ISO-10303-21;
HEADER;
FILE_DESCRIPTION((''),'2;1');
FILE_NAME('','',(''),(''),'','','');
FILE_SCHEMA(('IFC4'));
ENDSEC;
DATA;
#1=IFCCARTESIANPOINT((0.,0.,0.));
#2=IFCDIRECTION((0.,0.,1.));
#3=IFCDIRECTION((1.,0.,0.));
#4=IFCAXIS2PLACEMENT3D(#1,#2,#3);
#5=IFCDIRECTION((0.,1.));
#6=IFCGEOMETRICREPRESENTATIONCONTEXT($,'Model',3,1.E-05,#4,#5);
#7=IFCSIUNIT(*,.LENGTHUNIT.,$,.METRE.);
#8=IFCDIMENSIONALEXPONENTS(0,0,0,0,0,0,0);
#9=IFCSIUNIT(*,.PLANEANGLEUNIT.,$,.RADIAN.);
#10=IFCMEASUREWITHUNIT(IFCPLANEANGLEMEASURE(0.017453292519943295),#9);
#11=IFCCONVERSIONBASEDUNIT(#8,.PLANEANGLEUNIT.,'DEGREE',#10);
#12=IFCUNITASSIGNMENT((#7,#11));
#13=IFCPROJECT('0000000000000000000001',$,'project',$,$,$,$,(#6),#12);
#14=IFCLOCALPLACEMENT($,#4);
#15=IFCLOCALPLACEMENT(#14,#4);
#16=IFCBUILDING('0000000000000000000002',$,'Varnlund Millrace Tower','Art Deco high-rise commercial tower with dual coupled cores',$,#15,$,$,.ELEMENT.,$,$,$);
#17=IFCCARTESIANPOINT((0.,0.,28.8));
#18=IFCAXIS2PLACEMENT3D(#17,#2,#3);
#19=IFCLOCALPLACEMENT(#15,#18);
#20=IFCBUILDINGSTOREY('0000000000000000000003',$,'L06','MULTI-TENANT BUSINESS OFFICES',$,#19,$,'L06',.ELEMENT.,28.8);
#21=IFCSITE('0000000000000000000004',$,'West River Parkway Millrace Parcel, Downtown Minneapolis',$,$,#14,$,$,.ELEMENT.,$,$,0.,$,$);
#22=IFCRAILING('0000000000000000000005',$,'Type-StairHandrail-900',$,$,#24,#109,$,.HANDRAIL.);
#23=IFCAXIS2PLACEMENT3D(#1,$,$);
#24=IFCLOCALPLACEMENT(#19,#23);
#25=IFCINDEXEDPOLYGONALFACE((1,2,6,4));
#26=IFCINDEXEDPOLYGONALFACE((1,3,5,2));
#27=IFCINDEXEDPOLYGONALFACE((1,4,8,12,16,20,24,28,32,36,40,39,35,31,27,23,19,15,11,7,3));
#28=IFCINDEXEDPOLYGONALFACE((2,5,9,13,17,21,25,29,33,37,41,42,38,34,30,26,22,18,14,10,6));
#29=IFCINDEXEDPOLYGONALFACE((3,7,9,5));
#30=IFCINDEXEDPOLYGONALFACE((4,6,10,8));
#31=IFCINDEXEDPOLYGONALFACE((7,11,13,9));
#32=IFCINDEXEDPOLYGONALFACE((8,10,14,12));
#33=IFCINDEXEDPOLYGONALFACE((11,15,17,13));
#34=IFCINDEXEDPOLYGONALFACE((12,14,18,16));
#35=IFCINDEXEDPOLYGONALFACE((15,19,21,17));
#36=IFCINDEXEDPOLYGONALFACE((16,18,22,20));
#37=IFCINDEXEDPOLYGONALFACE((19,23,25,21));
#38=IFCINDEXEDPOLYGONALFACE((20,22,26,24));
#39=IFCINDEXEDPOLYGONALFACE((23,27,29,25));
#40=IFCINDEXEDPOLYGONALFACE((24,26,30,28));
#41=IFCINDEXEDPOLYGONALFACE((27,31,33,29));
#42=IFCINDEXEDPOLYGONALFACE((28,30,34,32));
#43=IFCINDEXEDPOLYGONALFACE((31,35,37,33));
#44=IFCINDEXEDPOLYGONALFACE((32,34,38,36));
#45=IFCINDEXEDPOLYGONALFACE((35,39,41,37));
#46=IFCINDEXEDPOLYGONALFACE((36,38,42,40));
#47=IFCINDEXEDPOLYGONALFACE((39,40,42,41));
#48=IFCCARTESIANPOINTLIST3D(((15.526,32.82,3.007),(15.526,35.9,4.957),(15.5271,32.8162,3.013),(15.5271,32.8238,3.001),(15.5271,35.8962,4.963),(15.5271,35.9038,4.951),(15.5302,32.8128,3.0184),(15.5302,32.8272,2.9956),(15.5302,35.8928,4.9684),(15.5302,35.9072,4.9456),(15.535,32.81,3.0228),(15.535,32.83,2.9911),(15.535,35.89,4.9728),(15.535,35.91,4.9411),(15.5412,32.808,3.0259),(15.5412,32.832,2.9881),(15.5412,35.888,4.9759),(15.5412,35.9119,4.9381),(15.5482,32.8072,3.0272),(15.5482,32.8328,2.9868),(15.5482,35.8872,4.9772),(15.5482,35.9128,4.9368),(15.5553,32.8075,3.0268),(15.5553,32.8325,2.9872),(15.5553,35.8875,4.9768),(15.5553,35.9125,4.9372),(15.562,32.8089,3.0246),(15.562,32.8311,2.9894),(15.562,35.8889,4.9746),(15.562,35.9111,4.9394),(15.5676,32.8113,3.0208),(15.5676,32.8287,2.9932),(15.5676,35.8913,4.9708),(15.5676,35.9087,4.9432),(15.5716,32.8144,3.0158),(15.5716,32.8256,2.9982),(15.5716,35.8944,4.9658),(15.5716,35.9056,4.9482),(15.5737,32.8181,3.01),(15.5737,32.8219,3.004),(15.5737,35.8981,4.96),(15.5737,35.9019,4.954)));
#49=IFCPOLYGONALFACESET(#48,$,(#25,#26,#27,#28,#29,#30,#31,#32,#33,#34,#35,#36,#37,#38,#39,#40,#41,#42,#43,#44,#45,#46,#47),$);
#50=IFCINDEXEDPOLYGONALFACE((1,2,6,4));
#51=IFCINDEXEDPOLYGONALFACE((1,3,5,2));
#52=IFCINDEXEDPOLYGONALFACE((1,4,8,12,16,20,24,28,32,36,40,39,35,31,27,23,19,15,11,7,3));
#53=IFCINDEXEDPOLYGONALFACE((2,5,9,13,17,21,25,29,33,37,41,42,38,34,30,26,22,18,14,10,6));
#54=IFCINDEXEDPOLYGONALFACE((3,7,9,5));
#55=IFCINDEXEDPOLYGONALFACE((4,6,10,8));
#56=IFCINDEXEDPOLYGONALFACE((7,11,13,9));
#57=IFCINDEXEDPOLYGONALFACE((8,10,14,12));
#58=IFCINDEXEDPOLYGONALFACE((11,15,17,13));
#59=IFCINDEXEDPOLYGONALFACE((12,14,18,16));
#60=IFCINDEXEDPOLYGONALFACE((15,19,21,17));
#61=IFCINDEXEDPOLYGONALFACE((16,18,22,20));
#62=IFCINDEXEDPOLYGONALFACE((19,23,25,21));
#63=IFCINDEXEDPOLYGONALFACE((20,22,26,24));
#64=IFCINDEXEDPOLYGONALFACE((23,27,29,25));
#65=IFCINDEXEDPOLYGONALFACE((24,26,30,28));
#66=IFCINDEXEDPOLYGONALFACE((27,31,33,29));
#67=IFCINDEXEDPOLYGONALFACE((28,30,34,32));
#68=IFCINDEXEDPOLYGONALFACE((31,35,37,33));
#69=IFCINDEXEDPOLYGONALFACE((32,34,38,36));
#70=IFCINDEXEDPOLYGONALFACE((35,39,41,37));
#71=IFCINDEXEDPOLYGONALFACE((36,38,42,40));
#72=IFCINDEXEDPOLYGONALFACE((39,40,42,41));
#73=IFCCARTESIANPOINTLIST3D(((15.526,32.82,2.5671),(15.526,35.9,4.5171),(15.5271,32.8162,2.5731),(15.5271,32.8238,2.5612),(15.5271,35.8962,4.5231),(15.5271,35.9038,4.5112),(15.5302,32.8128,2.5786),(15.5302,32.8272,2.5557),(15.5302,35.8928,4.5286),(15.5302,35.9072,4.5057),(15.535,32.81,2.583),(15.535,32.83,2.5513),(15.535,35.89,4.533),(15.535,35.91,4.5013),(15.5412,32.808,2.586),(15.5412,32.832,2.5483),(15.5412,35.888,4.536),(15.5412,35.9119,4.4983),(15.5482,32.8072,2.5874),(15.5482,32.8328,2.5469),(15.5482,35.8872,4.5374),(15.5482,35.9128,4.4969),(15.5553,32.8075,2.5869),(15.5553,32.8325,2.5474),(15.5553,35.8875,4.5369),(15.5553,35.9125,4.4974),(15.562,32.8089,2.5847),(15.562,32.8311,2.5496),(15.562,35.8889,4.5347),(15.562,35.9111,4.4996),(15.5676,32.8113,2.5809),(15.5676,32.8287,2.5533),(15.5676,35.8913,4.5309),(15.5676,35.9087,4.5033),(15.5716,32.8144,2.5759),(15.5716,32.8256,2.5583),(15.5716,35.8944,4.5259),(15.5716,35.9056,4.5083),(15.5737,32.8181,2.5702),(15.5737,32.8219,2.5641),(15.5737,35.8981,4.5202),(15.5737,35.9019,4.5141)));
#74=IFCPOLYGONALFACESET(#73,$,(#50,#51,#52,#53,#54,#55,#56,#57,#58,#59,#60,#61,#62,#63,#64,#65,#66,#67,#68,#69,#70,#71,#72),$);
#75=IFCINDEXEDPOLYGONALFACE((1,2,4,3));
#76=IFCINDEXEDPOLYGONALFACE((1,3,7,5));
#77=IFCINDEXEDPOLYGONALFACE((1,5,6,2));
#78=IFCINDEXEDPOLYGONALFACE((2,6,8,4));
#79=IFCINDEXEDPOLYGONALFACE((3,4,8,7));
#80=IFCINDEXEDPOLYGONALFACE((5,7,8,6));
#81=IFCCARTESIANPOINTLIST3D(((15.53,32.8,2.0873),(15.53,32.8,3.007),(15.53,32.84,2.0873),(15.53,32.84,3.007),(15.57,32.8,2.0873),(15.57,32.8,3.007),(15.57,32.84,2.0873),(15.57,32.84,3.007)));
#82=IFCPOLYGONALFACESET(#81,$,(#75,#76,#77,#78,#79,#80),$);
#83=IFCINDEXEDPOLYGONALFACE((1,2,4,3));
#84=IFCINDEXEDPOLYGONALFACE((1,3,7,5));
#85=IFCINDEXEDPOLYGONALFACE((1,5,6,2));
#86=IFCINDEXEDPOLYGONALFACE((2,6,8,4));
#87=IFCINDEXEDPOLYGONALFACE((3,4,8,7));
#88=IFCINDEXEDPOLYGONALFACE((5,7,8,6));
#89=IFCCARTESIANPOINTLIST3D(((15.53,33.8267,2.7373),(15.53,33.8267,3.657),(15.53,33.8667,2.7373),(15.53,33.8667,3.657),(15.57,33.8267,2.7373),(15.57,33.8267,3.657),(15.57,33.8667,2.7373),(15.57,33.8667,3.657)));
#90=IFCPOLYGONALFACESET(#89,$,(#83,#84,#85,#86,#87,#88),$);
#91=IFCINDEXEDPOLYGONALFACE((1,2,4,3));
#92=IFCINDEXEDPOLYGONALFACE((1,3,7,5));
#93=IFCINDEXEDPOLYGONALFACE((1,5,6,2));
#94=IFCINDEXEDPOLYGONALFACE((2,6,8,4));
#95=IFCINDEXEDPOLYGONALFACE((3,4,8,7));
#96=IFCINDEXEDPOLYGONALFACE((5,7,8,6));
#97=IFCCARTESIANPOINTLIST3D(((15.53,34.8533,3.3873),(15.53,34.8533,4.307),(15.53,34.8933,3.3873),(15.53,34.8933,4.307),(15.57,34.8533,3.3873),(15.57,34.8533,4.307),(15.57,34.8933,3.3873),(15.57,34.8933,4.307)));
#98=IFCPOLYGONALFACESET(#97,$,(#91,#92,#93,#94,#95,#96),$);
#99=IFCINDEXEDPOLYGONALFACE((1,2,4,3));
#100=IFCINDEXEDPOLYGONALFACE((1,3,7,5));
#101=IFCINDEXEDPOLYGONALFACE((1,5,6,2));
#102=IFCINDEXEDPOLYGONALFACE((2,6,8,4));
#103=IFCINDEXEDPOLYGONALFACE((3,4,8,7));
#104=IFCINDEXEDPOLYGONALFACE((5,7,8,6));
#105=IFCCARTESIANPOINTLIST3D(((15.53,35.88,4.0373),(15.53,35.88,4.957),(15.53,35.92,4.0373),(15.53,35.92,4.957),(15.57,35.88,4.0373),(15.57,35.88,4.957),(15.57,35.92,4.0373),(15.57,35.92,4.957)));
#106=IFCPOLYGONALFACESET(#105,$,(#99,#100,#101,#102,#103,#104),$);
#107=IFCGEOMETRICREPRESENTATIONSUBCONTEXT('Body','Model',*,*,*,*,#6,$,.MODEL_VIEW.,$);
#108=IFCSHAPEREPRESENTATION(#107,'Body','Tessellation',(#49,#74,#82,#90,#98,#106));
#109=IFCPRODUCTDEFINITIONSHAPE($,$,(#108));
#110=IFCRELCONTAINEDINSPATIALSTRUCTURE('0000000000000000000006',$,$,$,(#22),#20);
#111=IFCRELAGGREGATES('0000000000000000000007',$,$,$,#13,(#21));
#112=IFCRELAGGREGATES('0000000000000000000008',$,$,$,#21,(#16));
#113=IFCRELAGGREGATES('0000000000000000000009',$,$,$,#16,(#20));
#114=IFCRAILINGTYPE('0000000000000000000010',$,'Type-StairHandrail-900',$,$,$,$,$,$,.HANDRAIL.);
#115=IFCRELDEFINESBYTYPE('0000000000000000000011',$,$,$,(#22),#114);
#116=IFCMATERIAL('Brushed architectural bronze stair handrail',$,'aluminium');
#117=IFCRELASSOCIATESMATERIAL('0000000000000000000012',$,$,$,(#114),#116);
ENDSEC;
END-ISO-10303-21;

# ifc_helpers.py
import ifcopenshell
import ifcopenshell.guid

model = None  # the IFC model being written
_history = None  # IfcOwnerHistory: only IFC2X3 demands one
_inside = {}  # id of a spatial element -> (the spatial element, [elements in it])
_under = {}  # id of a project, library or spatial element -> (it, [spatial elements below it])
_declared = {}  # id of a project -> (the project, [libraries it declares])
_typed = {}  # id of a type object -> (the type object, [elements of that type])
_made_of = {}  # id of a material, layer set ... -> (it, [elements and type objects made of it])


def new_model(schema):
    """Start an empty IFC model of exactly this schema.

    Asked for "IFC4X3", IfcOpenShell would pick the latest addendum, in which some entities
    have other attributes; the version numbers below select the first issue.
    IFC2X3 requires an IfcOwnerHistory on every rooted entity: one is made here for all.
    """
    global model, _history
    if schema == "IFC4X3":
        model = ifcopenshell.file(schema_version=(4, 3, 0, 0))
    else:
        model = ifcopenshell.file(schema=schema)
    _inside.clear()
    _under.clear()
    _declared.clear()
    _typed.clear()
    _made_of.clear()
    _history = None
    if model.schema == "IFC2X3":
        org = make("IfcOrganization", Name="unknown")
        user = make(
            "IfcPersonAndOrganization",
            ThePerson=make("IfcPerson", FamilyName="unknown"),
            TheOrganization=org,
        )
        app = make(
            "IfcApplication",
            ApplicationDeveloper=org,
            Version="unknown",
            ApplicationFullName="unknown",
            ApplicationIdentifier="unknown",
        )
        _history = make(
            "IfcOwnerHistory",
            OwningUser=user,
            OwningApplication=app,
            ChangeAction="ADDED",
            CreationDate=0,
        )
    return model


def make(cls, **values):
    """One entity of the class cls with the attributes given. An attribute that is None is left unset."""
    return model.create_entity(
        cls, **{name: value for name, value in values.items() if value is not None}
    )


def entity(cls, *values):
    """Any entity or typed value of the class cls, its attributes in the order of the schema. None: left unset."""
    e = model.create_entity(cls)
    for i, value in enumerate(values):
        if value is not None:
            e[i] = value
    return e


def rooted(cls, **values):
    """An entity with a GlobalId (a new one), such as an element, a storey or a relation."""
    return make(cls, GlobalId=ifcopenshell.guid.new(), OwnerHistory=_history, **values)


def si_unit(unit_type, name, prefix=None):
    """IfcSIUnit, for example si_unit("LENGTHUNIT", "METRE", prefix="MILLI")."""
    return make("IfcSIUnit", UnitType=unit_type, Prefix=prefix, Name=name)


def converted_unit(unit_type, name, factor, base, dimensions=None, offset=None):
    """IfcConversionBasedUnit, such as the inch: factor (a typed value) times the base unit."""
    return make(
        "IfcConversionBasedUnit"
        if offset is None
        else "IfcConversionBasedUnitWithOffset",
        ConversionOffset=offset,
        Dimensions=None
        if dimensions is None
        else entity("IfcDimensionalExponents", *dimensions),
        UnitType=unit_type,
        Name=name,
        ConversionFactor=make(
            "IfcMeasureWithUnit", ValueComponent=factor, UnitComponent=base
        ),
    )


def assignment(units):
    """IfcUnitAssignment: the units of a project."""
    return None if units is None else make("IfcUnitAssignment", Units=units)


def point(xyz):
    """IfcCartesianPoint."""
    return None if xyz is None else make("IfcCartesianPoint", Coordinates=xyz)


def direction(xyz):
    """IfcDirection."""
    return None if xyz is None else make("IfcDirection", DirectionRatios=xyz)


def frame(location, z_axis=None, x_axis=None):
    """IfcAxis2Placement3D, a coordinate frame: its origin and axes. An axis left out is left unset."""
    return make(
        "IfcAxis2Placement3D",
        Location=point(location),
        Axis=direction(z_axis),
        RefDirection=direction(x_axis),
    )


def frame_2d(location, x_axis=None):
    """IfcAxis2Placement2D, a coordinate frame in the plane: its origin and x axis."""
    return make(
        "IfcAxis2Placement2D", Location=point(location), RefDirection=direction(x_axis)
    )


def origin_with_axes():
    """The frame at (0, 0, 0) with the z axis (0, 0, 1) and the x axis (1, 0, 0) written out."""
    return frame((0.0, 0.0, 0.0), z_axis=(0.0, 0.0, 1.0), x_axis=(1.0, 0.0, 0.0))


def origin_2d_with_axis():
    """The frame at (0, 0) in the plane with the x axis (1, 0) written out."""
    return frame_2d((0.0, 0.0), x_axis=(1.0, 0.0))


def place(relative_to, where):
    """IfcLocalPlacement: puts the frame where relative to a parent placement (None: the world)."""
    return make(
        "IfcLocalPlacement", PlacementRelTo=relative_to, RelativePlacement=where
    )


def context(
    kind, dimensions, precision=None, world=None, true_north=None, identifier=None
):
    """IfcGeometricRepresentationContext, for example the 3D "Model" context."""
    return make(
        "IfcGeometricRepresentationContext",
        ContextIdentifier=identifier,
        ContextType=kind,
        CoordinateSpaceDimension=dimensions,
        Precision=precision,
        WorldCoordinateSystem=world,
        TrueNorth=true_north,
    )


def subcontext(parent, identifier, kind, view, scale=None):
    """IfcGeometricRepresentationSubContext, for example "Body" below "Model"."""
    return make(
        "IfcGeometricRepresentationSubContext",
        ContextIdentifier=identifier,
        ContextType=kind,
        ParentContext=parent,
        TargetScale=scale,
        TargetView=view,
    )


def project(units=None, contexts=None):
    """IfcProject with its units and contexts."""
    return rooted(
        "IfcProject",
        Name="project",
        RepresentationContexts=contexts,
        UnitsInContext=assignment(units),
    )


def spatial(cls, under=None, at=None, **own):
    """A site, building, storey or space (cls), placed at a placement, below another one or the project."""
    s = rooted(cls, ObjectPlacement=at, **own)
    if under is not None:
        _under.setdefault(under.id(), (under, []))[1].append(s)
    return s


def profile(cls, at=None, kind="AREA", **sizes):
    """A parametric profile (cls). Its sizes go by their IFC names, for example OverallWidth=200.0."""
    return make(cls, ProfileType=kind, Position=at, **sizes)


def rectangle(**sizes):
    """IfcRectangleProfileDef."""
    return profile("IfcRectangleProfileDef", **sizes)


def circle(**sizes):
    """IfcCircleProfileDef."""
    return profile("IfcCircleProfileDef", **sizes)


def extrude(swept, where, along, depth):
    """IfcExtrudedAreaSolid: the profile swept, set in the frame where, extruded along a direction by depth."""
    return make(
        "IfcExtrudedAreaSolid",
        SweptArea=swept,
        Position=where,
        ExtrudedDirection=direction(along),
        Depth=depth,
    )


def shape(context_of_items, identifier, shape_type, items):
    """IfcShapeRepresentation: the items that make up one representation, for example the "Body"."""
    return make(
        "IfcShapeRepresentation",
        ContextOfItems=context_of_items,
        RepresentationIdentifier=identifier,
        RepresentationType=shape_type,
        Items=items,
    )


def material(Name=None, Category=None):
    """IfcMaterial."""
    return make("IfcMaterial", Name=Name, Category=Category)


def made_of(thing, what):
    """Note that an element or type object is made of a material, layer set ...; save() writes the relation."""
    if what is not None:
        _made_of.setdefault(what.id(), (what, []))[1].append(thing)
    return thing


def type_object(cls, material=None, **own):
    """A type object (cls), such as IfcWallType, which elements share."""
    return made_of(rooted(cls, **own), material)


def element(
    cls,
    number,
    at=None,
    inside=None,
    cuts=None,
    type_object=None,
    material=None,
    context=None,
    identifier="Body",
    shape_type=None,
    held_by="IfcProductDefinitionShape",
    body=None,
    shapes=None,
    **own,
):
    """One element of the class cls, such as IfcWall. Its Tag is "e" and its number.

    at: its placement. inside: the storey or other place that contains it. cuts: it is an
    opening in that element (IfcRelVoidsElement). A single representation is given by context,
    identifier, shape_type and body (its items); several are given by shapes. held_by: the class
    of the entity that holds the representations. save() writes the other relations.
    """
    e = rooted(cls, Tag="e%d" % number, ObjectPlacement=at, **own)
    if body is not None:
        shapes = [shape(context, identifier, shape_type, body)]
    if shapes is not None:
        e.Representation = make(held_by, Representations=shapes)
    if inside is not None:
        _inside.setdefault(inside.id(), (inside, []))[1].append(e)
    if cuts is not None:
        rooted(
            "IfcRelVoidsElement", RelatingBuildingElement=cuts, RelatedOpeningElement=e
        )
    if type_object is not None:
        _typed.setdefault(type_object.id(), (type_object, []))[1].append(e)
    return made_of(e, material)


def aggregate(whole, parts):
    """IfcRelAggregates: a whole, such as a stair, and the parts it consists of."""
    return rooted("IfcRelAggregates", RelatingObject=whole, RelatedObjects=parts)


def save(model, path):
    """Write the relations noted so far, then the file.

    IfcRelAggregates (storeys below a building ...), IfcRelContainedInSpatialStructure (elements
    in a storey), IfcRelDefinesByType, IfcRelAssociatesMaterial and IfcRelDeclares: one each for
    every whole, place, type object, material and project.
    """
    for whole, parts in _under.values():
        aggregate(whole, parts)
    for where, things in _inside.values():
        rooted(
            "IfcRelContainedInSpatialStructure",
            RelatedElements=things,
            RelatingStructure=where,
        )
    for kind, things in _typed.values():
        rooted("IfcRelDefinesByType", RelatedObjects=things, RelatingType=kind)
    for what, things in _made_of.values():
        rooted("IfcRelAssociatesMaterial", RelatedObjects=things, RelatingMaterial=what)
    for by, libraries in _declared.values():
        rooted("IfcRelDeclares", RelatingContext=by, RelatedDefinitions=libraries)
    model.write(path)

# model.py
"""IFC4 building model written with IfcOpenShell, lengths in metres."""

from ifc_helpers import new_model, entity, si_unit, converted_unit, direction, frame, origin_with_axes, origin_2d_with_axis, place, context, subcontext, project, spatial, rectangle, circle, extrude, material, type_object, element, save


model = new_model("IFC4")

# Units and contexts
model_context = context("Model", 3, precision=1e-05, world=origin_with_axes(), true_north=direction((0.0, 1.0)))
body_context = subcontext(model_context, "Body", "Model", "MODEL_VIEW")
ifc_project = project(units=[si_unit("LENGTHUNIT", "METRE"), converted_unit("PLANEANGLEUNIT", "DEGREE", entity("IfcPlaneAngleMeasure", 0.017453292519943295), si_unit("PLANEANGLEUNIT", "RADIAN"), dimensions=[0, 0, 0, 0, 0, 0, 0])], contexts=[model_context])

# Site, building, storey
site_placement = place(None, origin_with_axes())
site = spatial("IfcSite", under=ifc_project, at=site_placement, Name="West River Parkway Millrace Parcel, Downtown Minneapolis", CompositionType="ELEMENT", RefElevation=0.0)
building_placement = place(site_placement, origin_with_axes())
building = spatial("IfcBuilding", under=site, at=building_placement, Name="Varnlund Millrace Tower", Description="Art Deco high-rise commercial tower with dual coupled cores", CompositionType="ELEMENT")
storey_placement = place(building_placement, frame((0.0, 0.0, 28.8), z_axis=(0.0, 0.0, 1.0), x_axis=(1.0, 0.0, 0.0)))
storey = spatial("IfcBuildingStorey", under=building, at=storey_placement, Name="L06", Description="MULTI-TENANT BUSINESS OFFICES", LongName="L06", CompositionType="ELEMENT", Elevation=28.8)

# Railing
ifc_material_1 = material(Name="Brushed architectural bronze stair handrail", Category="aluminium")
railing_type_1 = type_object("IfcRailingType", Name="Type-StairHandrail-900", PredefinedType="HANDRAIL", material=ifc_material_1)
railing_1_placement = place(storey_placement, frame((0.0, 0.0, -28.8), z_axis=(0.0, 0.0, 1.0), x_axis=(1.0, 0.0, 0.0)))
element("IfcRailing", 1, at=railing_1_placement, inside=storey, type_object=railing_type_1, Name="Type-StairHandrail-900", PredefinedType="HANDRAIL", context=body_context, shape_type="SweptSolid", body=[
    extrude(circle(Radius=0.024, at=origin_2d_with_axis()), frame((15.55, 32.82, 31.807), z_axis=(0.0, 0.844902, 0.534922), x_axis=(-1.0, 0.0, 0.0)), (0.0, 0.0, 1.0), 3.6454),
    extrude(circle(Radius=0.024, at=origin_2d_with_axis()), frame((15.55, 32.82, 31.3671), z_axis=(0.0, 0.844902, 0.534922), x_axis=(-1.0, 0.0, 0.0)), (0.0, 0.0, 1.0), 3.6454),
    extrude(rectangle(XDim=0.04, YDim=0.04, at=origin_2d_with_axis()), frame((15.55, 32.82, 30.8873), z_axis=(0.0, 0.0, 1.0), x_axis=(1.0, 0.0, 0.0)), (0.0, 0.0, 1.0), 0.9197),
    extrude(rectangle(XDim=0.04, YDim=0.04, at=origin_2d_with_axis()), frame((15.55, 33.8467, 31.5373), z_axis=(0.0, 0.0, 1.0), x_axis=(1.0, 0.0, 0.0)), (0.0, 0.0, 1.0), 0.9197),
    extrude(rectangle(XDim=0.04, YDim=0.04, at=origin_2d_with_axis()), frame((15.55, 34.8733, 32.1873), z_axis=(0.0, 0.0, 1.0), x_axis=(1.0, 0.0, 0.0)), (0.0, 0.0, 1.0), 0.9197),
    extrude(rectangle(XDim=0.04, YDim=0.04, at=origin_2d_with_axis()), frame((15.55, 35.9, 32.8373), z_axis=(0.0, 0.0, 1.0), x_axis=(1.0, 0.0, 0.0)), (0.0, 0.0, 1.0), 0.9197),
])

save(model, "model.ifc")
